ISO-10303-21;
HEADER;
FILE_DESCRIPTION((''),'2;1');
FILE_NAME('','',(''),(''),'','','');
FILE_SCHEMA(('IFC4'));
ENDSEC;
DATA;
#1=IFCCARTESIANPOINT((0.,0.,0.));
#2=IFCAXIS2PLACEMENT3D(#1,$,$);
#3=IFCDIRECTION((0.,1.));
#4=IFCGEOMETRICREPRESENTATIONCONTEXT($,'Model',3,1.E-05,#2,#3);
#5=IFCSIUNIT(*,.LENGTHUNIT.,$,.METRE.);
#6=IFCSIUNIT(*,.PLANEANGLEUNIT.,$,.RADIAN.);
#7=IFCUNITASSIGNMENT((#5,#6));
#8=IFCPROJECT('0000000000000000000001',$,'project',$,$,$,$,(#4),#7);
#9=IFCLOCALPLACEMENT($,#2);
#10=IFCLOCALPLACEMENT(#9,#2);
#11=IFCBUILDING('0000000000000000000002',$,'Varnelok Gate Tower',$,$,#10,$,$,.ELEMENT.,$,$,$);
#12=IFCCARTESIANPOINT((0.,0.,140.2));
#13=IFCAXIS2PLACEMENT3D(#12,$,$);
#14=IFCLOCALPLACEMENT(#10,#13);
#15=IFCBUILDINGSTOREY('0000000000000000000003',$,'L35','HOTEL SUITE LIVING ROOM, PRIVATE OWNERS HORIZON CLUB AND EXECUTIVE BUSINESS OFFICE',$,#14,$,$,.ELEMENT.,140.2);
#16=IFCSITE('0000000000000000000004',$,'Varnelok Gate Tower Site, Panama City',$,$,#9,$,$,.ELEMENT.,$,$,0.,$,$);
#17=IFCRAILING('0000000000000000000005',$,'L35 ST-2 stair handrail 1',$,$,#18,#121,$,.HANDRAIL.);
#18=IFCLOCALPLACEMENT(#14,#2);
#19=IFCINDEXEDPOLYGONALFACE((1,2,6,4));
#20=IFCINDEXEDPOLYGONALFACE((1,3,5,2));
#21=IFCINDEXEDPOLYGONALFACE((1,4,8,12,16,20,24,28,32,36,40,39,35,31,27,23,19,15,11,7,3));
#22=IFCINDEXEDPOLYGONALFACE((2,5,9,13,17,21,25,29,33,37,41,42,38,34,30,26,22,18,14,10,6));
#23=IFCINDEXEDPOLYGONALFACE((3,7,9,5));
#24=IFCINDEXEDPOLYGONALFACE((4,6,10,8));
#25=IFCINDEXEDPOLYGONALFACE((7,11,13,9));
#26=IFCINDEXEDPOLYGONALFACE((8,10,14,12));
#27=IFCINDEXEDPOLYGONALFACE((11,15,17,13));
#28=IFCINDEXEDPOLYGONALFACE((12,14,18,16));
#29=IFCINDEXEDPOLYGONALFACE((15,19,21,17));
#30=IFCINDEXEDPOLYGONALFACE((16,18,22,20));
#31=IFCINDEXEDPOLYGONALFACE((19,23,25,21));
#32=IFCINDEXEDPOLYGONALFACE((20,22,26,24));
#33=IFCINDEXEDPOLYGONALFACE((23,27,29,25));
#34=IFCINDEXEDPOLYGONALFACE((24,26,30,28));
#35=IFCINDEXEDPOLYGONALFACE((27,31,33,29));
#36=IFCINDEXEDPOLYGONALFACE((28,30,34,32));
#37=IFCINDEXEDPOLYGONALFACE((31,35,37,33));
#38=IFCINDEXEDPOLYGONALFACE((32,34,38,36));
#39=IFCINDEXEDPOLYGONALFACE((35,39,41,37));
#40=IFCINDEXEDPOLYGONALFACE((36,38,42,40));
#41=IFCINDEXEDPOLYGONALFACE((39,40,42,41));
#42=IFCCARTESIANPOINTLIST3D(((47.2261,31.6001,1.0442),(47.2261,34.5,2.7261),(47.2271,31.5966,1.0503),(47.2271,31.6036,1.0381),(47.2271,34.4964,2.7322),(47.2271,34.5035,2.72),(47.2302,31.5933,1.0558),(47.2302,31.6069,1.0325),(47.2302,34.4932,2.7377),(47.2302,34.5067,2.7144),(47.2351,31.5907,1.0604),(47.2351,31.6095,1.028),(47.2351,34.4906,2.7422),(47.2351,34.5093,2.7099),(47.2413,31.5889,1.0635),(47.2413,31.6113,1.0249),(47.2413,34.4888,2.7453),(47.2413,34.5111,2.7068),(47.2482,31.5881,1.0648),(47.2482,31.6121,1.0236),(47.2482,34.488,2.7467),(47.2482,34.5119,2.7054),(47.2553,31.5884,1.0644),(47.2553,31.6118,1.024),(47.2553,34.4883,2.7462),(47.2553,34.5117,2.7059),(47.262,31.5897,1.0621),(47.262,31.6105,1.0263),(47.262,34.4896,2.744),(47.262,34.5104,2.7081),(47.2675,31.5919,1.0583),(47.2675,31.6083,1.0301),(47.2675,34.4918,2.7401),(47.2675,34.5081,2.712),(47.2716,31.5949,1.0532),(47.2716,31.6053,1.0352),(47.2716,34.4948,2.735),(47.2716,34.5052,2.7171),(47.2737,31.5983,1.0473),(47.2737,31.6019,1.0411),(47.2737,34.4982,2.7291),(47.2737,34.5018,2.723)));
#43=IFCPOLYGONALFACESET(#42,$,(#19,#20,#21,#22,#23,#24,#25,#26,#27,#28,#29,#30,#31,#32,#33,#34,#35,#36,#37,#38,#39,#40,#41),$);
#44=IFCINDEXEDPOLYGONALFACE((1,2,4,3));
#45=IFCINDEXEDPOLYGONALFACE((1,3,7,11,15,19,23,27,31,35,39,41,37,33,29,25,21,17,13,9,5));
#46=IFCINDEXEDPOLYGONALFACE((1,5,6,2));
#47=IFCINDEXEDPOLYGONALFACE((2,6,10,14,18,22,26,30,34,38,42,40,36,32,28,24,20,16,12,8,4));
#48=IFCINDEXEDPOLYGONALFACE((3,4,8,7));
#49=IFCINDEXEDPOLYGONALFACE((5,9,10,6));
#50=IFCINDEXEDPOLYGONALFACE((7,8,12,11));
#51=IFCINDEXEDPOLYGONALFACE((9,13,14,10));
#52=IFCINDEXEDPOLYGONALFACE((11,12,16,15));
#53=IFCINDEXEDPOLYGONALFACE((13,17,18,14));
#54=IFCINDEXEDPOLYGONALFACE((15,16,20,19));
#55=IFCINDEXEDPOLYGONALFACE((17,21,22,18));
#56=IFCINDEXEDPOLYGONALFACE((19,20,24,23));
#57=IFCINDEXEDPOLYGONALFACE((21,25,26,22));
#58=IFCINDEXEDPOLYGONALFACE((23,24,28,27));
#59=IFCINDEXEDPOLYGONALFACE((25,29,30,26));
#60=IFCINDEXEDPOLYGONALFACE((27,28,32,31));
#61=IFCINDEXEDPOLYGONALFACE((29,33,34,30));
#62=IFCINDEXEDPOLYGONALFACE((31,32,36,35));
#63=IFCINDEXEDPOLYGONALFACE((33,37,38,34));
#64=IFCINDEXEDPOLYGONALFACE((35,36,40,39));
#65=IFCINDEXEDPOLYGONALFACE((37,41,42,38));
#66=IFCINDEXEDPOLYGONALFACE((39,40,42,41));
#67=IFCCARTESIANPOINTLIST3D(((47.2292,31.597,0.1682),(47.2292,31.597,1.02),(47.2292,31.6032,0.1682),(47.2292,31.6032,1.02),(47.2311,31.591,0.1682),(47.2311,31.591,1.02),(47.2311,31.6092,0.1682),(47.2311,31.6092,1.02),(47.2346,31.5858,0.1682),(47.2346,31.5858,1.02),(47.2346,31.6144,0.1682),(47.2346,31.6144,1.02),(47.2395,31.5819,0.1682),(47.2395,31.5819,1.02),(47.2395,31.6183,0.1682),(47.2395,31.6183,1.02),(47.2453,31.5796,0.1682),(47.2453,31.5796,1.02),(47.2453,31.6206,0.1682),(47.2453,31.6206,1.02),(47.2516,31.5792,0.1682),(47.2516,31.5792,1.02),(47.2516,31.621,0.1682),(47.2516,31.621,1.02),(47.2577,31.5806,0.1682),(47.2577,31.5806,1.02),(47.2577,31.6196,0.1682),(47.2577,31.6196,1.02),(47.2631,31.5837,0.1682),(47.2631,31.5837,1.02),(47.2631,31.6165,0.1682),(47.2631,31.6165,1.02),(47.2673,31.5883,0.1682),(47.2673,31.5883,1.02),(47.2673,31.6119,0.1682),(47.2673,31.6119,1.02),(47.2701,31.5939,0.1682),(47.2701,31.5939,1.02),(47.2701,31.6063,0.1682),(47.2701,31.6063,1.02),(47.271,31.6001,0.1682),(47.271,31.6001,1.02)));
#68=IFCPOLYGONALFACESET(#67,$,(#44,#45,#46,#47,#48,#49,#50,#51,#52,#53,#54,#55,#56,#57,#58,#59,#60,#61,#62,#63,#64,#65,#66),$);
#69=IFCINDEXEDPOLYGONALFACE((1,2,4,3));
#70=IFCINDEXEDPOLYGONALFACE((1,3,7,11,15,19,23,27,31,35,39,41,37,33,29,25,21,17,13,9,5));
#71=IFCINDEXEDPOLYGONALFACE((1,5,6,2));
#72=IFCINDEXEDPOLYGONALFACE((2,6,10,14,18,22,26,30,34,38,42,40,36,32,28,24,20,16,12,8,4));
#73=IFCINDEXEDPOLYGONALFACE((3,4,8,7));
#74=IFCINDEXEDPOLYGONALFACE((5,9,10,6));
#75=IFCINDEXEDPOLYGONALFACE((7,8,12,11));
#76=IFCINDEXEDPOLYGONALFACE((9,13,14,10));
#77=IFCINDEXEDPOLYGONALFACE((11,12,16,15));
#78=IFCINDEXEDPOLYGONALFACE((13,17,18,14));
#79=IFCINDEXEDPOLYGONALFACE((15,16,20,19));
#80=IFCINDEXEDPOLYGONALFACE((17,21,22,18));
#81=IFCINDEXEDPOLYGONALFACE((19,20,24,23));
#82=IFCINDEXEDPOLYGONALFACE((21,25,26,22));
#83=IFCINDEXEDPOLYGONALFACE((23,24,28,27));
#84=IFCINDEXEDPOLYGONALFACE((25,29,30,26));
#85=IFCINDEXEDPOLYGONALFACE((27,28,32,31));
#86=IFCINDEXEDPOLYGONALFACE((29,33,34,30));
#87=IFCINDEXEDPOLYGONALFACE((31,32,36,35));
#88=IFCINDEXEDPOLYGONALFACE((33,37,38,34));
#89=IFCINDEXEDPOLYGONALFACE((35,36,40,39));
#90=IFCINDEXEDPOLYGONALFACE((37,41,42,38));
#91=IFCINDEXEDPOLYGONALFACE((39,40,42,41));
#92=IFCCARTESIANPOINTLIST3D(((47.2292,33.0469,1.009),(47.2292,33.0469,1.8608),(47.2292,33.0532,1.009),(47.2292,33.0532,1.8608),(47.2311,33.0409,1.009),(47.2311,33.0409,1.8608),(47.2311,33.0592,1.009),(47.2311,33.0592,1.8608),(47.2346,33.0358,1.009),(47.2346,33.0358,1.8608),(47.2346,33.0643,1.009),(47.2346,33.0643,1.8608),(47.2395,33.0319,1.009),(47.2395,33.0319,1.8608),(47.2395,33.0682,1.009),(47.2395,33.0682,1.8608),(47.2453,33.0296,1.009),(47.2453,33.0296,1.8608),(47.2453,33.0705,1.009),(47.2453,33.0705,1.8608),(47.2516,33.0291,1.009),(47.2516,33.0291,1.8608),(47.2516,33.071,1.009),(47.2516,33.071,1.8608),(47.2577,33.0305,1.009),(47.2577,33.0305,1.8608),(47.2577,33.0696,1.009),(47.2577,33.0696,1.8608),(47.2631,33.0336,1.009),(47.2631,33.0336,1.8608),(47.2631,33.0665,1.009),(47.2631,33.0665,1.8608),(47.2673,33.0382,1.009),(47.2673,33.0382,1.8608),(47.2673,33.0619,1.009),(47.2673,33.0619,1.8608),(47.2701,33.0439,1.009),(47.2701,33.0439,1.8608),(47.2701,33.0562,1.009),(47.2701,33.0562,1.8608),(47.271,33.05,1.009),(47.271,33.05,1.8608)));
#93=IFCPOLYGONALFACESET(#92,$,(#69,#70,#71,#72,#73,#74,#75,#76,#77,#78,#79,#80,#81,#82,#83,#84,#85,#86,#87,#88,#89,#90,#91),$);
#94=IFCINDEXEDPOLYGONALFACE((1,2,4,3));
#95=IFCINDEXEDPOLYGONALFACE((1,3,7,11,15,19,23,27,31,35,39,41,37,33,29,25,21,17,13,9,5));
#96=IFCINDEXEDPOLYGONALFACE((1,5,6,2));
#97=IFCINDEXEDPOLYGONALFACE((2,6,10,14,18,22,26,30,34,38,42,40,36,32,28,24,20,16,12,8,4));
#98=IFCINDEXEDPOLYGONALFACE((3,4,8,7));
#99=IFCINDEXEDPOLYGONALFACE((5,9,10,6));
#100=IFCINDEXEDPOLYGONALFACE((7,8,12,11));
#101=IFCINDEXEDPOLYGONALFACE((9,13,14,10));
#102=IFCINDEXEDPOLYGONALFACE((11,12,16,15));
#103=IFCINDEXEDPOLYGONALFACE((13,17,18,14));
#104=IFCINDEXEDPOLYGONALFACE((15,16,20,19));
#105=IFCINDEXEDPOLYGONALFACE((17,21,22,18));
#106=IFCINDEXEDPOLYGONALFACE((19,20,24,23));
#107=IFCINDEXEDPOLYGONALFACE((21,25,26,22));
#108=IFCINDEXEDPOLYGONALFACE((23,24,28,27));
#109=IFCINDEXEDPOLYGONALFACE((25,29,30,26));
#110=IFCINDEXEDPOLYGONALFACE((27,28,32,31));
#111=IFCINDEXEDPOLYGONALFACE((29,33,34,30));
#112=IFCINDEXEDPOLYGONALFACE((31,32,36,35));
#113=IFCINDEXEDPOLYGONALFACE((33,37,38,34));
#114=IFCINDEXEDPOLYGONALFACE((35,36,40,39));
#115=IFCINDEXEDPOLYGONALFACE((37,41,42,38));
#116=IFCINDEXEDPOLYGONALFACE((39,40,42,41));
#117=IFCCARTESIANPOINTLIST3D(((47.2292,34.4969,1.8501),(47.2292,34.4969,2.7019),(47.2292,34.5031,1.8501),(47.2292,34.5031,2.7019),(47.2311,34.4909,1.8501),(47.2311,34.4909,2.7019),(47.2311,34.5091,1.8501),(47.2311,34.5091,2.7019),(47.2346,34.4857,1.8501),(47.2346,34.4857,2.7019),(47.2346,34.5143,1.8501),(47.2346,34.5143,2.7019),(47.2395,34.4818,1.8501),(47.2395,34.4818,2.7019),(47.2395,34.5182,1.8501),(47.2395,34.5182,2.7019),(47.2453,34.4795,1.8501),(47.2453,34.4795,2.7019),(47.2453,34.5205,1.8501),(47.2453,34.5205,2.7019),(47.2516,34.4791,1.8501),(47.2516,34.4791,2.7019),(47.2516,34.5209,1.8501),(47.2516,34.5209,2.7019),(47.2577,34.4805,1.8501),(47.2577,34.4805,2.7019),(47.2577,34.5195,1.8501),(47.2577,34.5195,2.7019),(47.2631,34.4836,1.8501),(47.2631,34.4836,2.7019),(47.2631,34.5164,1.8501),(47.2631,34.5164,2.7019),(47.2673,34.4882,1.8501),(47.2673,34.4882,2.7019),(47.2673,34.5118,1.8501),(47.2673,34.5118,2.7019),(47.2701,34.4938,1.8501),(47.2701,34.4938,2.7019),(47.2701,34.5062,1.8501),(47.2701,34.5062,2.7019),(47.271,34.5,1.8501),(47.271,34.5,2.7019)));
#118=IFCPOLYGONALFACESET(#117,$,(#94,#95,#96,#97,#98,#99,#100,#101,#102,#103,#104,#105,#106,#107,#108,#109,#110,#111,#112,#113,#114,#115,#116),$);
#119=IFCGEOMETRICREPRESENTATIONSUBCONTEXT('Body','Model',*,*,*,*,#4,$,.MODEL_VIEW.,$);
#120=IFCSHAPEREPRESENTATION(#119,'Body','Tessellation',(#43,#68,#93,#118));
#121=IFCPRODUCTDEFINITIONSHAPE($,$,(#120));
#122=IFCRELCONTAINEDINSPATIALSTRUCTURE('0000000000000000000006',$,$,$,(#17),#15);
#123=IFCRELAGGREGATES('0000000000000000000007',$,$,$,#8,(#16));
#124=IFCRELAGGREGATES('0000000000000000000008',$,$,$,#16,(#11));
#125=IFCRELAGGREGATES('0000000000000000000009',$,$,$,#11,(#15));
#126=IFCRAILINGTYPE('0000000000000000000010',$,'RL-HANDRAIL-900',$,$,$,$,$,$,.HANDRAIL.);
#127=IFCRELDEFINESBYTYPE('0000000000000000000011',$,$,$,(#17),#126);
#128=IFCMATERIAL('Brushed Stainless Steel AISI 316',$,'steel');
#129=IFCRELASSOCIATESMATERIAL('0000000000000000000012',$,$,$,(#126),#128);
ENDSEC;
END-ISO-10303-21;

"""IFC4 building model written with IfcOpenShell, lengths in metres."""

from ifc_helpers import new_model, si_unit, direction, frame, origin, origin_2d, place, context, subcontext, project, spatial, circle, extrude, material, type_object, element, save


model = new_model("IFC4")

# Units and contexts
model_context = context("Model", 3, precision=1e-05, world=origin(), true_north=direction((0.0, 1.0)))
body_context = subcontext(model_context, "Body", "Model", "MODEL_VIEW")
ifc_project = project(units=[si_unit("LENGTHUNIT", "METRE"), si_unit("PLANEANGLEUNIT", "RADIAN")], contexts=[model_context])

# Site, building, storey
site_placement = place(None, origin())
site = spatial("IfcSite", under=ifc_project, at=site_placement, Name="Varnelok Gate Tower Site, Panama City", CompositionType="ELEMENT", RefElevation=0.0)
building_placement = place(site_placement, origin())
building = spatial("IfcBuilding", under=site, at=building_placement, Name="Varnelok Gate Tower", CompositionType="ELEMENT")
storey_placement = place(building_placement, frame((0.0, 0.0, 140.2)))
storey = spatial("IfcBuildingStorey", under=building, at=storey_placement, Name="L35", Description="HOTEL SUITE LIVING ROOM, PRIVATE OWNERS HORIZON CLUB AND EXECUTIVE BUSINESS OFFICE", CompositionType="ELEMENT", Elevation=140.2)

# Railing
ifc_material_1 = material(Name="Brushed Stainless Steel AISI 316", Category="steel")
railing_type_1 = type_object("IfcRailingType", Name="RL-HANDRAIL-900", PredefinedType="HANDRAIL", material=ifc_material_1)
railing_1_placement = place(storey_placement, frame((47.25, 31.6001, 0.1682)))
element("IfcRailing", 1, at=railing_1_placement, inside=storey, type_object=railing_type_1, Name="L35 ST-2 stair handrail 1", PredefinedType="HANDRAIL", context=body_context, shape_type="SweptSolid", body=[
    extrude(circle(Radius=0.0239, at=origin_2d()), frame((0.0, 0.0, 0.876), z_axis=(0.0, 0.865039, 0.501705), x_axis=(-1.0, 0.0, 0.0)), (0.0, 0.0, 1.0), 3.3523),
    extrude(circle(Radius=0.021, at=origin_2d()), origin(), (0.0, 0.0, 1.0), 0.8518),
    extrude(circle(Radius=0.021, at=origin_2d()), frame((0.0, 1.45, 0.8408)), (0.0, 0.0, 1.0), 0.8518),
    extrude(circle(Radius=0.021, at=origin_2d()), frame((0.0, 2.8999, 1.6819)), (0.0, 0.0, 1.0), 0.8518),
])

save(model, "model.ifc")
